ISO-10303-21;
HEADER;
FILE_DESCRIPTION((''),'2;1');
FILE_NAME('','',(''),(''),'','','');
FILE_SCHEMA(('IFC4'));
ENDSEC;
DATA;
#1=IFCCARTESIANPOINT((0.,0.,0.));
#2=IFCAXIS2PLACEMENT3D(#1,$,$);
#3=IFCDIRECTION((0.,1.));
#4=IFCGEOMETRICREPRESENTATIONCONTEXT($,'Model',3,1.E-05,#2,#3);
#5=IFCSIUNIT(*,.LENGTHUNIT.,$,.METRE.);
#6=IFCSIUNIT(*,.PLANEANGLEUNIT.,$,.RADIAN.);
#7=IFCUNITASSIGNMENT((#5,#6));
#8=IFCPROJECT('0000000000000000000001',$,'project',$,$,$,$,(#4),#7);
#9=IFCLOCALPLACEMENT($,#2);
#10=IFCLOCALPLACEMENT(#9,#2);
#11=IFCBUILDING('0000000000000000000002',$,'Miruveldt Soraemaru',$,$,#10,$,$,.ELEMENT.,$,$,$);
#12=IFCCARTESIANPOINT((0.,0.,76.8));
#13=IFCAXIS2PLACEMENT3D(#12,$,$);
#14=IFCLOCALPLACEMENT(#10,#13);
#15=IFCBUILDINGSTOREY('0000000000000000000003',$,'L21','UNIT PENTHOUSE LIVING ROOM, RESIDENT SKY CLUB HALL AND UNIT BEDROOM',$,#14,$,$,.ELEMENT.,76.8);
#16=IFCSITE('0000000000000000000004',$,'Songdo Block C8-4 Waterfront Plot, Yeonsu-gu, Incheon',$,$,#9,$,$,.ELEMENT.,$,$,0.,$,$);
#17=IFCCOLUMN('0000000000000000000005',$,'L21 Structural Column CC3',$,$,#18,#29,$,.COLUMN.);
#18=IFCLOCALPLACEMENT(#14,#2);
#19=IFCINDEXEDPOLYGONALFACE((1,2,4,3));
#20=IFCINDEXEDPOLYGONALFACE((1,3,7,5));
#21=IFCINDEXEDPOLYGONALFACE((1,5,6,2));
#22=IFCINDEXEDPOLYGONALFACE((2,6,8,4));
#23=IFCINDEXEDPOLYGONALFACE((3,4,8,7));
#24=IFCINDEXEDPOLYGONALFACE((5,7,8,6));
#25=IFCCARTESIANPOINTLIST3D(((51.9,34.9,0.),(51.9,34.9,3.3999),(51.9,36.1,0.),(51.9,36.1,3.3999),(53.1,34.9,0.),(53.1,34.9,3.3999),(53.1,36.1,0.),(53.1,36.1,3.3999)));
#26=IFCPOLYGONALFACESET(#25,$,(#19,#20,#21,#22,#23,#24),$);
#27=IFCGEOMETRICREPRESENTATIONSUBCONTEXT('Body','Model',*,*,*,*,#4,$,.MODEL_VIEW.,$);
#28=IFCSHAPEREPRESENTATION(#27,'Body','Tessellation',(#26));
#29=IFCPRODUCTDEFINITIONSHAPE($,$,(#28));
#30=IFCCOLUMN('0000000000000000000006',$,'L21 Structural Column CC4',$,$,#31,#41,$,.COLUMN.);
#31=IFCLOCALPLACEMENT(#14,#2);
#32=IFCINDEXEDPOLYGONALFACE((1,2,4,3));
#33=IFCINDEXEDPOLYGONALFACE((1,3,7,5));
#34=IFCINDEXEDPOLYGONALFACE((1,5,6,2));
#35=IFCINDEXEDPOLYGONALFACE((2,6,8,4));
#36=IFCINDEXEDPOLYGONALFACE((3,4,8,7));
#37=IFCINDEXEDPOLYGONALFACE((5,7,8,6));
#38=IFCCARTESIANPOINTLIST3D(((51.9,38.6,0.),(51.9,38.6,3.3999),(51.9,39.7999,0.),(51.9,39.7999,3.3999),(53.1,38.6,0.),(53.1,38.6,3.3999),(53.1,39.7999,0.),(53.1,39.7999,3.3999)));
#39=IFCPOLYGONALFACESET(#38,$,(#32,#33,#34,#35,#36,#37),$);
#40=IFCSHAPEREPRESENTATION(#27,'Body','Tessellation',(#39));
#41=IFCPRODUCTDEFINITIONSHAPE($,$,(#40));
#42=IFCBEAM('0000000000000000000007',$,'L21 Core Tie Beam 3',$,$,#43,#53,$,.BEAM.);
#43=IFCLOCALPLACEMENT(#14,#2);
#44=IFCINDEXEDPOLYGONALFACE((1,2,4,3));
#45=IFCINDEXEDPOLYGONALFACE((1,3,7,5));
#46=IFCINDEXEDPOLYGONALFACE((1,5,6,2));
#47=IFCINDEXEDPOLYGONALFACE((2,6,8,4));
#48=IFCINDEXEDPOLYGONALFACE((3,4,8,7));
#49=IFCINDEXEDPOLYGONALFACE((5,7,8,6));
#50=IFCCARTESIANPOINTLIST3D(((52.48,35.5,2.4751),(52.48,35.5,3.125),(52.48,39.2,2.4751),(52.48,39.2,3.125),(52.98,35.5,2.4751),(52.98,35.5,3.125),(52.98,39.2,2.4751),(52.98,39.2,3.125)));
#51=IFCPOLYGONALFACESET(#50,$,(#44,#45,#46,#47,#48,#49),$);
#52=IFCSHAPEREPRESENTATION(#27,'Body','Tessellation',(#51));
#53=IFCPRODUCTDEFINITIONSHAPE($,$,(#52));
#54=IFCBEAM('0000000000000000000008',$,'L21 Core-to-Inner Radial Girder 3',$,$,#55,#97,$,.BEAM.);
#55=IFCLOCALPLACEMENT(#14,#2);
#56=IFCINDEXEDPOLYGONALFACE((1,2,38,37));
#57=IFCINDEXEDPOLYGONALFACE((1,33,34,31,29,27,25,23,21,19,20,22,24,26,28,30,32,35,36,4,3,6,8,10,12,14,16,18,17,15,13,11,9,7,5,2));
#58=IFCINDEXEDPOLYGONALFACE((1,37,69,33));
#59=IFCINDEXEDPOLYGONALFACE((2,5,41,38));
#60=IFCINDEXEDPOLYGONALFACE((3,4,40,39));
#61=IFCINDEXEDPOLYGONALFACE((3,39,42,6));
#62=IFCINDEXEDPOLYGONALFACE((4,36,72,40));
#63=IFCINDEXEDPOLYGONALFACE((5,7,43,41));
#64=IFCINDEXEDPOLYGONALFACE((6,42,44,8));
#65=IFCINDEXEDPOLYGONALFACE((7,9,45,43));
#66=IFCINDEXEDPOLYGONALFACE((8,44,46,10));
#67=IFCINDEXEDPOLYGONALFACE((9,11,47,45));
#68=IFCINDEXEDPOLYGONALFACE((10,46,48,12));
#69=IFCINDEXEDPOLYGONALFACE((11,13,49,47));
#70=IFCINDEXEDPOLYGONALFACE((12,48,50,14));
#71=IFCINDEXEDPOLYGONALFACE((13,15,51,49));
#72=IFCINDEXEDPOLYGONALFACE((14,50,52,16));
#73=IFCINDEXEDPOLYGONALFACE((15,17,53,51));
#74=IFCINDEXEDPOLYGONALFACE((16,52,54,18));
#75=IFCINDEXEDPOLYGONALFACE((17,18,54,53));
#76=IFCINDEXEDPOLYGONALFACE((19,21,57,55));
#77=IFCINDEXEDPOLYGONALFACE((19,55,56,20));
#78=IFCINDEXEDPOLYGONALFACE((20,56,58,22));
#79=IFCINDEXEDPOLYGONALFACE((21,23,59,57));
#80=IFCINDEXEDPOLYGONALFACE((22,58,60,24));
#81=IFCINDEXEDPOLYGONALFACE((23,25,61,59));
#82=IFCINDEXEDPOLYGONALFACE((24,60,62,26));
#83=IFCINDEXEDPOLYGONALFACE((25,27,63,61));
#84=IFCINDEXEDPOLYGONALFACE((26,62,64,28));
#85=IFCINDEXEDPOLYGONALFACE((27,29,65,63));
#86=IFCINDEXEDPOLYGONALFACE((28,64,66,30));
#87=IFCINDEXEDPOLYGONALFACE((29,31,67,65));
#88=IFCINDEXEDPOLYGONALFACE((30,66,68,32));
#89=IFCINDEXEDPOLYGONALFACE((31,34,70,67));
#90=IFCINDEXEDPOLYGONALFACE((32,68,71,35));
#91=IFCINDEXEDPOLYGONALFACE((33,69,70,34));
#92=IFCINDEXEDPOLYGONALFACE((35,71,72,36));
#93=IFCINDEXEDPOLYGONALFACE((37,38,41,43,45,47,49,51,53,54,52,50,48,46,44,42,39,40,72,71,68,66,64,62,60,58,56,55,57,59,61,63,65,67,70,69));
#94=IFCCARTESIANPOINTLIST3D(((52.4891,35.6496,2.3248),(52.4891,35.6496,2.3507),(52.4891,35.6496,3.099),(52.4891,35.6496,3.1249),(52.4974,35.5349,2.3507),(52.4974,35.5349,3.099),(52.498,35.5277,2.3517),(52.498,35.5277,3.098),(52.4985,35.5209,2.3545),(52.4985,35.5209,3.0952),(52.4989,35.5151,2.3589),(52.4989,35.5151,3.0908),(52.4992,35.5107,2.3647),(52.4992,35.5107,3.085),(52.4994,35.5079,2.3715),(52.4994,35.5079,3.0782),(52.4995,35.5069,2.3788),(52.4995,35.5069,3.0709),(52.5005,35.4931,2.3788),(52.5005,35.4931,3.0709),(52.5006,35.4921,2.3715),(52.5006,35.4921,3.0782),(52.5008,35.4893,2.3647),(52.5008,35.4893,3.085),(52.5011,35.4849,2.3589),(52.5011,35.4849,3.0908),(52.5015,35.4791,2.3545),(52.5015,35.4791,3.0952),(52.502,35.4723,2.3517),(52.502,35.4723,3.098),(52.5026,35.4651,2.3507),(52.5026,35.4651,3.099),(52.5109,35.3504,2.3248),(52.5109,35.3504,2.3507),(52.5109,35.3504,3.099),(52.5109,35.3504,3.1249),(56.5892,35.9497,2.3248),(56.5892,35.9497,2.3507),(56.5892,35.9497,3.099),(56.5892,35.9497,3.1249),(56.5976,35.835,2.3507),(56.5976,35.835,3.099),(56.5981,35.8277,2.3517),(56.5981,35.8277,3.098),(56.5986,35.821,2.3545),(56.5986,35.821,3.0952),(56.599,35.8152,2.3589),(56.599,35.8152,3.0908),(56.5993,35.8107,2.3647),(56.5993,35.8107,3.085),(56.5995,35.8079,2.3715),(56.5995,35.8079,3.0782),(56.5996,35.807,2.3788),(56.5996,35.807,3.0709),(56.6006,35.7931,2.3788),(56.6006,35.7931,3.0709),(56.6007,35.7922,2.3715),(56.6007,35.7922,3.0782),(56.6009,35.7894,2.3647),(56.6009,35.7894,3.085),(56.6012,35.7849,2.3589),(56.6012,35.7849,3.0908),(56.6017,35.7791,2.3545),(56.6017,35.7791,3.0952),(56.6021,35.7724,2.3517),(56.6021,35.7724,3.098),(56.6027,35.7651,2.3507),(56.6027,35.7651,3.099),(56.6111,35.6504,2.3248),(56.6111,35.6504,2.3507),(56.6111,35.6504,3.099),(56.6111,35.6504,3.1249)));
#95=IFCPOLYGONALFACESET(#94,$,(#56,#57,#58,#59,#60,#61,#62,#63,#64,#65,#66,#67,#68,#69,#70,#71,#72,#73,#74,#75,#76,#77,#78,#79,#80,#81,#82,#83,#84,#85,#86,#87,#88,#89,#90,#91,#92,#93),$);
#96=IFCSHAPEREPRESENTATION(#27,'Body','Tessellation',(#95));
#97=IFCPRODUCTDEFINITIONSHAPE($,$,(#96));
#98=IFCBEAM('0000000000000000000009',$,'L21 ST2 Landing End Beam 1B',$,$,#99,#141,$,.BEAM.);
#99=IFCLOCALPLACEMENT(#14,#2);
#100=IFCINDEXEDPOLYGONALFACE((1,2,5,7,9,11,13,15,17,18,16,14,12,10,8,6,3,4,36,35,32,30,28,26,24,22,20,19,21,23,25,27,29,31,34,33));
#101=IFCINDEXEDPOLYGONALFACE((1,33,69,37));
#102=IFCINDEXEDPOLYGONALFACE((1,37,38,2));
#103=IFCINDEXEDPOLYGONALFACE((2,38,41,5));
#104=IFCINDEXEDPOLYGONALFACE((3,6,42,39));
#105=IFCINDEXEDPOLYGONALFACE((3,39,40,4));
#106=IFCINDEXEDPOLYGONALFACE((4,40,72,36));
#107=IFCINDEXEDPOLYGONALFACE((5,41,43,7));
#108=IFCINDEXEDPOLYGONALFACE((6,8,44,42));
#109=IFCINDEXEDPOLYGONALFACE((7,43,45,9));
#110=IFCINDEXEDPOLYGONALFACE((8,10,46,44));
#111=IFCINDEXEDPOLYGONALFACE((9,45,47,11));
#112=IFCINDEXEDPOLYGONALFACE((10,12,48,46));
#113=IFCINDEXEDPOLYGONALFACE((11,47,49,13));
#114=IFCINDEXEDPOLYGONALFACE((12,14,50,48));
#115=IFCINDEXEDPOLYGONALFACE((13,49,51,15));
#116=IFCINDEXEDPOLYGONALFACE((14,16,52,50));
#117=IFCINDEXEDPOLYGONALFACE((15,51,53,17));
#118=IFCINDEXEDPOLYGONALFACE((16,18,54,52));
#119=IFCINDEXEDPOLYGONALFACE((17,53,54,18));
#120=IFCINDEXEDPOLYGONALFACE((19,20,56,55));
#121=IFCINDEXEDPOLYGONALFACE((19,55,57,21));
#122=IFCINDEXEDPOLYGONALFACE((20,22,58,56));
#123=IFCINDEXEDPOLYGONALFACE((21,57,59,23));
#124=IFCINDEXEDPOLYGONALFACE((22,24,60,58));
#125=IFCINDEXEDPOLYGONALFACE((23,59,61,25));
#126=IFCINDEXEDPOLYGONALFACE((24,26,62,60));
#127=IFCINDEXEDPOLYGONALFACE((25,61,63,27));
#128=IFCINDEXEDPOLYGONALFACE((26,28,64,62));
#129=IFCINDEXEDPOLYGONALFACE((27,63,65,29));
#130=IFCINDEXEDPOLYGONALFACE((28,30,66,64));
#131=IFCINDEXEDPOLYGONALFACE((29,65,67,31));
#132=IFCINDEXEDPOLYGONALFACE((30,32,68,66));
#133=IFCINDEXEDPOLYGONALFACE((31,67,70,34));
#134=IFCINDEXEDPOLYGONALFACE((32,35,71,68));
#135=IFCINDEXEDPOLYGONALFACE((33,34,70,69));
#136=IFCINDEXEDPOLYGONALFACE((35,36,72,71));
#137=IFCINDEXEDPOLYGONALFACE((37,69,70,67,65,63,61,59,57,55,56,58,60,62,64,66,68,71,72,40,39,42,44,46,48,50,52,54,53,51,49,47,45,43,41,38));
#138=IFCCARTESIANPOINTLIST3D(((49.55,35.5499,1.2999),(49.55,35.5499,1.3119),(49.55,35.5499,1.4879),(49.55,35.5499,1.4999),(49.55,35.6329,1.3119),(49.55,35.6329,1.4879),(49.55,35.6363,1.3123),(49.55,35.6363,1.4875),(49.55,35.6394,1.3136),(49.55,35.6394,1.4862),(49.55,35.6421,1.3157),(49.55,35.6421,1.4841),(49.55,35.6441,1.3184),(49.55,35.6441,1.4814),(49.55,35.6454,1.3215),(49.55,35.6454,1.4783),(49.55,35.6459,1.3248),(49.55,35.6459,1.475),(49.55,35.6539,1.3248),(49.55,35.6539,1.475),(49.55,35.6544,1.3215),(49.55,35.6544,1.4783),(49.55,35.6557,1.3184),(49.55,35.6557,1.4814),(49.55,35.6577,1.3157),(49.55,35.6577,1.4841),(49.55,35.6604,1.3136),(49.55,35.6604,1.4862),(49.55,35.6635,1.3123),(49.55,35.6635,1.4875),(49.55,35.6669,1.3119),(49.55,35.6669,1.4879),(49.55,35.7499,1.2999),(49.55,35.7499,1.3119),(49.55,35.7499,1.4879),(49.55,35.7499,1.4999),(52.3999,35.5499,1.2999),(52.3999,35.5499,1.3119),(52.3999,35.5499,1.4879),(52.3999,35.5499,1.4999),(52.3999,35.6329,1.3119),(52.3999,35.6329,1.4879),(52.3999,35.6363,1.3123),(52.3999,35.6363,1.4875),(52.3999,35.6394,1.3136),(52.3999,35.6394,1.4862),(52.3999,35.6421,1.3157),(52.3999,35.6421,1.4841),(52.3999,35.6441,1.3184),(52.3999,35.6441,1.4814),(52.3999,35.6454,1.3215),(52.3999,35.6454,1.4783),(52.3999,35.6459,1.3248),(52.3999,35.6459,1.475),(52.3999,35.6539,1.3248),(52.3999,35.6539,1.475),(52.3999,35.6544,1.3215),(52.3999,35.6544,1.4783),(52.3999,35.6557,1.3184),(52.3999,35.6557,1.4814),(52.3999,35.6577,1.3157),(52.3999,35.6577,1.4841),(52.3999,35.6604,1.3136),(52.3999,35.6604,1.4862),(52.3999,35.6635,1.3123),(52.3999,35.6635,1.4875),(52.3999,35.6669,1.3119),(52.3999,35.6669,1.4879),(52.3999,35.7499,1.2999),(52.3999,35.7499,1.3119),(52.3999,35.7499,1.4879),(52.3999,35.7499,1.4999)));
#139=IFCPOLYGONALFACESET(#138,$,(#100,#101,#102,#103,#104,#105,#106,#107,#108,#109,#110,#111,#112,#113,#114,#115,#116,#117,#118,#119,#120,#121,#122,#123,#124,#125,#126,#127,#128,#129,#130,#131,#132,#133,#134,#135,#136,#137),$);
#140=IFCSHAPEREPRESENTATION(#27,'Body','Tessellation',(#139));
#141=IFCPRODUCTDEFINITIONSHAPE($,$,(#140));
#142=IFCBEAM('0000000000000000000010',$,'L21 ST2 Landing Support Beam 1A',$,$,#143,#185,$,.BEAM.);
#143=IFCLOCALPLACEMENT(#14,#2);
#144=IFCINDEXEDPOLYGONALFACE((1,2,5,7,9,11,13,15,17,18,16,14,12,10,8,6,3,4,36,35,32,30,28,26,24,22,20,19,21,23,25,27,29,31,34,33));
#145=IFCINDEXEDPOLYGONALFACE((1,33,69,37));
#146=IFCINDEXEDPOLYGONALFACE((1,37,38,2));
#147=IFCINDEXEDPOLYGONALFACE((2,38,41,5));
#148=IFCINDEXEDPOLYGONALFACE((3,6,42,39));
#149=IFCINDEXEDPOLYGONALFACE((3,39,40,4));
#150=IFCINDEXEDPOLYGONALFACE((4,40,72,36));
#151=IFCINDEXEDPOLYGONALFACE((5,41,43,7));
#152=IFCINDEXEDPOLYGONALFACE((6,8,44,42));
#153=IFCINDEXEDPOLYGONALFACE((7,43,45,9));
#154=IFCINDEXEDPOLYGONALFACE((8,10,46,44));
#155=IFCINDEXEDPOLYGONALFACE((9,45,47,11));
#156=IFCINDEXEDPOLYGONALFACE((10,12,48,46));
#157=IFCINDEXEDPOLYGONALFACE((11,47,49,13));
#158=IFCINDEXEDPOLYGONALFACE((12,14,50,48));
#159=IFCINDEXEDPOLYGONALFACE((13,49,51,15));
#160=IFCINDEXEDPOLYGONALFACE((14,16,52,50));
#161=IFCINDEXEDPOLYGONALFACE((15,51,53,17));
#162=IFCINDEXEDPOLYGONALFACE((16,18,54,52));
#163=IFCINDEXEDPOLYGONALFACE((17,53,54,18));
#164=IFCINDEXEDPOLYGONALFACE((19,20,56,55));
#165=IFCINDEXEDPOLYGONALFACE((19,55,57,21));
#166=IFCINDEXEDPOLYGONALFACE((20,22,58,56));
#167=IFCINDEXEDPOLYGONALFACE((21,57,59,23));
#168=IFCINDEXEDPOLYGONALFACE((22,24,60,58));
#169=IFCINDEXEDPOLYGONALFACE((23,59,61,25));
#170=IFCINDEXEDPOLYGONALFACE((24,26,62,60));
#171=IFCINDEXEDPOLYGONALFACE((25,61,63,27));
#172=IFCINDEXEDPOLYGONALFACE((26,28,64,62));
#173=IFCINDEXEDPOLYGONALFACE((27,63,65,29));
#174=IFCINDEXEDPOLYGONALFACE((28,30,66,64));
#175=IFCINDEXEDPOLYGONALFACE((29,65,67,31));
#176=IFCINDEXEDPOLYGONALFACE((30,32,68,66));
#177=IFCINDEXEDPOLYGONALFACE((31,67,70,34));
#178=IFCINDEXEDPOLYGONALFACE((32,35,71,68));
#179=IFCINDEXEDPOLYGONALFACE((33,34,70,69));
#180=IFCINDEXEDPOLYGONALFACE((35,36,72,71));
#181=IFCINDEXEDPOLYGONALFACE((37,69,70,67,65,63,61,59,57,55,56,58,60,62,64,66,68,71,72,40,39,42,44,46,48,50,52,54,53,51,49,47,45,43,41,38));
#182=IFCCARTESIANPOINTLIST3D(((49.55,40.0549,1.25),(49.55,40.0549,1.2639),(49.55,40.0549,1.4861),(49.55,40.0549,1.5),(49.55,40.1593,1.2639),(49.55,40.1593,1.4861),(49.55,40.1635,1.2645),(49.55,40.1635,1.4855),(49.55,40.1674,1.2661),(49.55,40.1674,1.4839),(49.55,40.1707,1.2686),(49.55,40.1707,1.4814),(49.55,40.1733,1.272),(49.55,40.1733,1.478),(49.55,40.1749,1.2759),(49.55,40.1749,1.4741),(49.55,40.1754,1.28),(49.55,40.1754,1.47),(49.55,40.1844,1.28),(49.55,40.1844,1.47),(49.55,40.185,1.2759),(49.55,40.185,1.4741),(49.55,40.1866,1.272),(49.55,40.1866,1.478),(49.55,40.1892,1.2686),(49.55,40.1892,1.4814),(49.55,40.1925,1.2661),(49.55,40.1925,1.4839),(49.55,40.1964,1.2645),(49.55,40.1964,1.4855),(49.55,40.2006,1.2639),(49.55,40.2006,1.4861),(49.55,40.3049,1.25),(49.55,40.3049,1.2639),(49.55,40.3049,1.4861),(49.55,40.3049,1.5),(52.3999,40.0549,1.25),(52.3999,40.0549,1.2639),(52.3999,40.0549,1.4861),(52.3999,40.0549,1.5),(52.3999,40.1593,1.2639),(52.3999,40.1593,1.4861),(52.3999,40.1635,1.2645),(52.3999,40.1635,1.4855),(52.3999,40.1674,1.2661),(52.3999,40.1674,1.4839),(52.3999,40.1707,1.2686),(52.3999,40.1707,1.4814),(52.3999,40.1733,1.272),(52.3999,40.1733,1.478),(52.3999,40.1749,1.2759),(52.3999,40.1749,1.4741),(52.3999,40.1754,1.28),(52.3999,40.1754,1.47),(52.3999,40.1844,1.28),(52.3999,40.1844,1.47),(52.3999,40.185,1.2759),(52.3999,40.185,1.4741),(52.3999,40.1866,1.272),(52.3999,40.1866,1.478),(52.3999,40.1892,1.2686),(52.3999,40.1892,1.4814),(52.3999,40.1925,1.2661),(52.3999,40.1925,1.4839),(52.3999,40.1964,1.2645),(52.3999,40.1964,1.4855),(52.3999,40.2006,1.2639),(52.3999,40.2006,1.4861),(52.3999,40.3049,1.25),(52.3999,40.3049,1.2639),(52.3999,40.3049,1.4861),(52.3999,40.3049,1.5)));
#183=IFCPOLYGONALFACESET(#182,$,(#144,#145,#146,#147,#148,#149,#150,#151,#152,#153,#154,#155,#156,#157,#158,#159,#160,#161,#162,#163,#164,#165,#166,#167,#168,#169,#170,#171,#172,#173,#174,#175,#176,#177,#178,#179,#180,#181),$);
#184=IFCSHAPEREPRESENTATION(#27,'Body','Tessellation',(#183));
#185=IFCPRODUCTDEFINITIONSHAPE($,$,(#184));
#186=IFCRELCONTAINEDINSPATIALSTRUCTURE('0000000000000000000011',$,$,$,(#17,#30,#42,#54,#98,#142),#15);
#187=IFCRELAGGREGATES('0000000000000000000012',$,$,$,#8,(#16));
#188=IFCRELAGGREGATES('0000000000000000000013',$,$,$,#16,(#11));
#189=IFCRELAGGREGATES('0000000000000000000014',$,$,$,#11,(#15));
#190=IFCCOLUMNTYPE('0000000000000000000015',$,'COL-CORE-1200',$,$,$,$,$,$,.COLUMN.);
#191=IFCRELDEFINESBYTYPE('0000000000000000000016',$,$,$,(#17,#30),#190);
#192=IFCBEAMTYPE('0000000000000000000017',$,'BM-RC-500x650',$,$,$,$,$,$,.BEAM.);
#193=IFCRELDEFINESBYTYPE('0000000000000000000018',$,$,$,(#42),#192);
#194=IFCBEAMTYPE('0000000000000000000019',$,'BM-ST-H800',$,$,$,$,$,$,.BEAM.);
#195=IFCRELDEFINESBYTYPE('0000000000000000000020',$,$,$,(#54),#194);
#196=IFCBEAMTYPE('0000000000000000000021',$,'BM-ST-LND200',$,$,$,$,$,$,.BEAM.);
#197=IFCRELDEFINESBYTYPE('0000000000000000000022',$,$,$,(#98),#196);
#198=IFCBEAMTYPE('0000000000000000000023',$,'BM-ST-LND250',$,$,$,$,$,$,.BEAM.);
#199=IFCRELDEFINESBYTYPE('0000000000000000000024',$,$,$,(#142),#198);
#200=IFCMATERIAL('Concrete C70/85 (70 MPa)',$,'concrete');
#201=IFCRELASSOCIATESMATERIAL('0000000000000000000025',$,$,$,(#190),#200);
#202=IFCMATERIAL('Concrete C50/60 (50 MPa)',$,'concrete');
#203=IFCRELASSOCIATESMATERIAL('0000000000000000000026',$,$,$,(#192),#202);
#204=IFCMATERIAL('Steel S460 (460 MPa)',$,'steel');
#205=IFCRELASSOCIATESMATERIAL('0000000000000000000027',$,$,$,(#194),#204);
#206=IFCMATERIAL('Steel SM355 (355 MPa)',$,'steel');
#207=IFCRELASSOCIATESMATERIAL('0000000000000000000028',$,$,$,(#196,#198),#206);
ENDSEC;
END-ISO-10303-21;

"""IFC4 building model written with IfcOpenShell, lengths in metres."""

from ifc_helpers import new_model, si_unit, direction, frame, origin, origin_2d, place, context, subcontext, project, spatial, rectangle, i_section, extrude, material, material_profile, profile_set, type_object, element, save


model = new_model("IFC4")

# Units and contexts
model_context = context("Model", 3, precision=1e-05, world=origin(), true_north=direction((0.0, 1.0)))
body_context = subcontext(model_context, "Body", "Model", "MODEL_VIEW")
ifc_project = project(units=[si_unit("LENGTHUNIT", "METRE"), si_unit("PLANEANGLEUNIT", "RADIAN")], contexts=[model_context])

# Site, building, storey
site_placement = place(None, origin())
site = spatial("IfcSite", under=ifc_project, at=site_placement, Name="Songdo Block C8-4 Waterfront Plot, Yeonsu-gu, Incheon", CompositionType="ELEMENT", RefElevation=0.0)
building_placement = place(site_placement, origin())
building = spatial("IfcBuilding", under=site, at=building_placement, Name="Miruveldt Soraemaru", CompositionType="ELEMENT")
storey_placement = place(building_placement, frame((0.0, 0.0, 76.8)))
storey = spatial("IfcBuildingStorey", under=building, at=storey_placement, Name="L21", Description="UNIT PENTHOUSE LIVING ROOM, RESIDENT SKY CLUB HALL AND UNIT BEDROOM", CompositionType="ELEMENT", Elevation=76.8)

# Columns
ifc_material_1 = material(Name="Concrete C70/85 (70 MPa)", Category="concrete")
ifc_material_profile_1 = material_profile(ifc_material_1, rectangle(XDim=1.2, YDim=1.2, at=origin_2d()), Name="Concrete C70/85 (70 MPa)", Category="concrete")
ifc_profile_set_1 = profile_set([ifc_material_profile_1], Name="Concrete C70/85 (70 MPa)")
column_type = type_object("IfcColumnType", Name="COL-CORE-1200", PredefinedType="COLUMN", material=ifc_profile_set_1)
for number, where, z_axis, x_axis, name in (
    (1, (52.5, 35.5, 0.0), (0.0, 0.0, 1.0), (1.0, 0.0, 0.0), "L21 Structural Column CC3"),
    (2, (52.5, 39.2, 0.0), (0.0, 0.0, 1.0), (1.0, 0.0, 0.0), "L21 Structural Column CC4"),
):
    element("IfcColumn", number, at=place(storey_placement, frame(where, z_axis=z_axis, x_axis=x_axis)), inside=storey, type_object=column_type, Name=name, PredefinedType="COLUMN", context=body_context, shape_type="SweptSolid", body=[
        extrude(rectangle(XDim=1.2, YDim=1.2, at=origin_2d()), origin(), (0.0, 0.0, 1.0), 3.3999),
    ])

# Beams
ifc_material_2 = material(Name="Concrete C50/60 (50 MPa)", Category="concrete")
ifc_material_profile_2 = material_profile(ifc_material_2, rectangle(XDim=0.5, YDim=0.6499, at=origin_2d()), Name="Concrete C50/60 (50 MPa)", Category="concrete")
ifc_profile_set_2 = profile_set([ifc_material_profile_2], Name="Concrete C50/60 (50 MPa)")
beam_type_1 = type_object("IfcBeamType", Name="BM-RC-500x650", PredefinedType="BEAM", material=ifc_profile_set_2)
beam_1_placement = place(storey_placement, frame((52.73, 35.5, 2.8), z_axis=(0.0, 1.0, 0.0), x_axis=(-1.0, 0.0, 0.0)))
element("IfcBeam", 3, at=beam_1_placement, inside=storey, type_object=beam_type_1, Name="L21 Core Tie Beam 3", PredefinedType="BEAM", context=body_context, shape_type="SweptSolid", body=[
    extrude(rectangle(XDim=0.5, YDim=0.6499, at=origin_2d()), origin(), (0.0, 0.0, 1.0), 3.7),
])
ifc_material_3 = material(Name="Steel S460 (460 MPa)", Category="steel")
ifc_material_profile_3 = material_profile(ifc_material_3, i_section(OverallWidth=0.3, OverallDepth=0.8, WebThickness=0.0139, FlangeThickness=0.0259, FilletRadius=0.0281, at=origin_2d()), Name="Steel S460 (460 MPa)", Category="steel")
ifc_profile_set_3 = profile_set([ifc_material_profile_3], Name="Steel S460 (460 MPa)")
beam_type_2 = type_object("IfcBeamType", Name="BM-ST-H800", PredefinedType="BEAM", material=ifc_profile_set_3)
beam_2_placement = place(storey_placement, frame((52.5, 35.5, 2.7249), z_axis=(0.997333, 0.072986, 0.0), x_axis=(-0.072986, 0.997333, 0.0)))
element("IfcBeam", 4, at=beam_2_placement, inside=storey, type_object=beam_type_2, Name="L21 Core-to-Inner Radial Girder 3", PredefinedType="BEAM", context=body_context, shape_type="SweptSolid", body=[
    extrude(i_section(OverallWidth=0.3, OverallDepth=0.8, WebThickness=0.0139, FlangeThickness=0.0259, FilletRadius=0.0281, at=origin_2d()), origin(), (0.0, 0.0, 1.0), 4.1111),
])
ifc_material_4 = material(Name="Steel SM355 (355 MPa)", Category="steel")
ifc_material_profile_4 = material_profile(ifc_material_4, i_section(OverallWidth=0.2, OverallDepth=0.2, WebThickness=0.0081, FlangeThickness=0.012, FilletRadius=0.0129, at=origin_2d()), Name="Steel SM355 (355 MPa)", Category="steel")
ifc_profile_set_4 = profile_set([ifc_material_profile_4], Name="Steel SM355 (355 MPa)")
beam_type_3 = type_object("IfcBeamType", Name="BM-ST-LND200", PredefinedType="BEAM", material=ifc_profile_set_4)
beam_3_placement = place(storey_placement, frame((49.55, 35.6499, 1.3999), z_axis=(1.0, 0.0, 0.0), x_axis=(0.0, 1.0, 0.0)))
element("IfcBeam", 5, at=beam_3_placement, inside=storey, type_object=beam_type_3, Name="L21 ST2 Landing End Beam 1B", PredefinedType="BEAM", context=body_context, shape_type="SweptSolid", body=[
    extrude(i_section(OverallWidth=0.2, OverallDepth=0.2, WebThickness=0.0081, FlangeThickness=0.012, FilletRadius=0.0129, at=origin_2d()), origin(), (0.0, 0.0, 1.0), 2.8499),
])
ifc_material_profile_5 = material_profile(ifc_material_4, i_section(OverallWidth=0.25, OverallDepth=0.25, WebThickness=0.009, FlangeThickness=0.0139, FilletRadius=0.0161, at=origin_2d()), Name="Steel SM355 (355 MPa)", Category="steel")
ifc_profile_set_5 = profile_set([ifc_material_profile_5], Name="Steel SM355 (355 MPa)")
beam_type_4 = type_object("IfcBeamType", Name="BM-ST-LND250", PredefinedType="BEAM", material=ifc_profile_set_5)
beam_4_placement = place(storey_placement, frame((49.55, 40.1799, 1.375), z_axis=(1.0, 0.0, 0.0), x_axis=(0.0, 1.0, 0.0)))
element("IfcBeam", 6, at=beam_4_placement, inside=storey, type_object=beam_type_4, Name="L21 ST2 Landing Support Beam 1A", PredefinedType="BEAM", context=body_context, shape_type="SweptSolid", body=[
    extrude(i_section(OverallWidth=0.25, OverallDepth=0.25, WebThickness=0.009, FlangeThickness=0.0139, FilletRadius=0.0161, at=origin_2d()), origin(), (0.0, 0.0, 1.0), 2.8499),
])

save(model, "model.ifc")
